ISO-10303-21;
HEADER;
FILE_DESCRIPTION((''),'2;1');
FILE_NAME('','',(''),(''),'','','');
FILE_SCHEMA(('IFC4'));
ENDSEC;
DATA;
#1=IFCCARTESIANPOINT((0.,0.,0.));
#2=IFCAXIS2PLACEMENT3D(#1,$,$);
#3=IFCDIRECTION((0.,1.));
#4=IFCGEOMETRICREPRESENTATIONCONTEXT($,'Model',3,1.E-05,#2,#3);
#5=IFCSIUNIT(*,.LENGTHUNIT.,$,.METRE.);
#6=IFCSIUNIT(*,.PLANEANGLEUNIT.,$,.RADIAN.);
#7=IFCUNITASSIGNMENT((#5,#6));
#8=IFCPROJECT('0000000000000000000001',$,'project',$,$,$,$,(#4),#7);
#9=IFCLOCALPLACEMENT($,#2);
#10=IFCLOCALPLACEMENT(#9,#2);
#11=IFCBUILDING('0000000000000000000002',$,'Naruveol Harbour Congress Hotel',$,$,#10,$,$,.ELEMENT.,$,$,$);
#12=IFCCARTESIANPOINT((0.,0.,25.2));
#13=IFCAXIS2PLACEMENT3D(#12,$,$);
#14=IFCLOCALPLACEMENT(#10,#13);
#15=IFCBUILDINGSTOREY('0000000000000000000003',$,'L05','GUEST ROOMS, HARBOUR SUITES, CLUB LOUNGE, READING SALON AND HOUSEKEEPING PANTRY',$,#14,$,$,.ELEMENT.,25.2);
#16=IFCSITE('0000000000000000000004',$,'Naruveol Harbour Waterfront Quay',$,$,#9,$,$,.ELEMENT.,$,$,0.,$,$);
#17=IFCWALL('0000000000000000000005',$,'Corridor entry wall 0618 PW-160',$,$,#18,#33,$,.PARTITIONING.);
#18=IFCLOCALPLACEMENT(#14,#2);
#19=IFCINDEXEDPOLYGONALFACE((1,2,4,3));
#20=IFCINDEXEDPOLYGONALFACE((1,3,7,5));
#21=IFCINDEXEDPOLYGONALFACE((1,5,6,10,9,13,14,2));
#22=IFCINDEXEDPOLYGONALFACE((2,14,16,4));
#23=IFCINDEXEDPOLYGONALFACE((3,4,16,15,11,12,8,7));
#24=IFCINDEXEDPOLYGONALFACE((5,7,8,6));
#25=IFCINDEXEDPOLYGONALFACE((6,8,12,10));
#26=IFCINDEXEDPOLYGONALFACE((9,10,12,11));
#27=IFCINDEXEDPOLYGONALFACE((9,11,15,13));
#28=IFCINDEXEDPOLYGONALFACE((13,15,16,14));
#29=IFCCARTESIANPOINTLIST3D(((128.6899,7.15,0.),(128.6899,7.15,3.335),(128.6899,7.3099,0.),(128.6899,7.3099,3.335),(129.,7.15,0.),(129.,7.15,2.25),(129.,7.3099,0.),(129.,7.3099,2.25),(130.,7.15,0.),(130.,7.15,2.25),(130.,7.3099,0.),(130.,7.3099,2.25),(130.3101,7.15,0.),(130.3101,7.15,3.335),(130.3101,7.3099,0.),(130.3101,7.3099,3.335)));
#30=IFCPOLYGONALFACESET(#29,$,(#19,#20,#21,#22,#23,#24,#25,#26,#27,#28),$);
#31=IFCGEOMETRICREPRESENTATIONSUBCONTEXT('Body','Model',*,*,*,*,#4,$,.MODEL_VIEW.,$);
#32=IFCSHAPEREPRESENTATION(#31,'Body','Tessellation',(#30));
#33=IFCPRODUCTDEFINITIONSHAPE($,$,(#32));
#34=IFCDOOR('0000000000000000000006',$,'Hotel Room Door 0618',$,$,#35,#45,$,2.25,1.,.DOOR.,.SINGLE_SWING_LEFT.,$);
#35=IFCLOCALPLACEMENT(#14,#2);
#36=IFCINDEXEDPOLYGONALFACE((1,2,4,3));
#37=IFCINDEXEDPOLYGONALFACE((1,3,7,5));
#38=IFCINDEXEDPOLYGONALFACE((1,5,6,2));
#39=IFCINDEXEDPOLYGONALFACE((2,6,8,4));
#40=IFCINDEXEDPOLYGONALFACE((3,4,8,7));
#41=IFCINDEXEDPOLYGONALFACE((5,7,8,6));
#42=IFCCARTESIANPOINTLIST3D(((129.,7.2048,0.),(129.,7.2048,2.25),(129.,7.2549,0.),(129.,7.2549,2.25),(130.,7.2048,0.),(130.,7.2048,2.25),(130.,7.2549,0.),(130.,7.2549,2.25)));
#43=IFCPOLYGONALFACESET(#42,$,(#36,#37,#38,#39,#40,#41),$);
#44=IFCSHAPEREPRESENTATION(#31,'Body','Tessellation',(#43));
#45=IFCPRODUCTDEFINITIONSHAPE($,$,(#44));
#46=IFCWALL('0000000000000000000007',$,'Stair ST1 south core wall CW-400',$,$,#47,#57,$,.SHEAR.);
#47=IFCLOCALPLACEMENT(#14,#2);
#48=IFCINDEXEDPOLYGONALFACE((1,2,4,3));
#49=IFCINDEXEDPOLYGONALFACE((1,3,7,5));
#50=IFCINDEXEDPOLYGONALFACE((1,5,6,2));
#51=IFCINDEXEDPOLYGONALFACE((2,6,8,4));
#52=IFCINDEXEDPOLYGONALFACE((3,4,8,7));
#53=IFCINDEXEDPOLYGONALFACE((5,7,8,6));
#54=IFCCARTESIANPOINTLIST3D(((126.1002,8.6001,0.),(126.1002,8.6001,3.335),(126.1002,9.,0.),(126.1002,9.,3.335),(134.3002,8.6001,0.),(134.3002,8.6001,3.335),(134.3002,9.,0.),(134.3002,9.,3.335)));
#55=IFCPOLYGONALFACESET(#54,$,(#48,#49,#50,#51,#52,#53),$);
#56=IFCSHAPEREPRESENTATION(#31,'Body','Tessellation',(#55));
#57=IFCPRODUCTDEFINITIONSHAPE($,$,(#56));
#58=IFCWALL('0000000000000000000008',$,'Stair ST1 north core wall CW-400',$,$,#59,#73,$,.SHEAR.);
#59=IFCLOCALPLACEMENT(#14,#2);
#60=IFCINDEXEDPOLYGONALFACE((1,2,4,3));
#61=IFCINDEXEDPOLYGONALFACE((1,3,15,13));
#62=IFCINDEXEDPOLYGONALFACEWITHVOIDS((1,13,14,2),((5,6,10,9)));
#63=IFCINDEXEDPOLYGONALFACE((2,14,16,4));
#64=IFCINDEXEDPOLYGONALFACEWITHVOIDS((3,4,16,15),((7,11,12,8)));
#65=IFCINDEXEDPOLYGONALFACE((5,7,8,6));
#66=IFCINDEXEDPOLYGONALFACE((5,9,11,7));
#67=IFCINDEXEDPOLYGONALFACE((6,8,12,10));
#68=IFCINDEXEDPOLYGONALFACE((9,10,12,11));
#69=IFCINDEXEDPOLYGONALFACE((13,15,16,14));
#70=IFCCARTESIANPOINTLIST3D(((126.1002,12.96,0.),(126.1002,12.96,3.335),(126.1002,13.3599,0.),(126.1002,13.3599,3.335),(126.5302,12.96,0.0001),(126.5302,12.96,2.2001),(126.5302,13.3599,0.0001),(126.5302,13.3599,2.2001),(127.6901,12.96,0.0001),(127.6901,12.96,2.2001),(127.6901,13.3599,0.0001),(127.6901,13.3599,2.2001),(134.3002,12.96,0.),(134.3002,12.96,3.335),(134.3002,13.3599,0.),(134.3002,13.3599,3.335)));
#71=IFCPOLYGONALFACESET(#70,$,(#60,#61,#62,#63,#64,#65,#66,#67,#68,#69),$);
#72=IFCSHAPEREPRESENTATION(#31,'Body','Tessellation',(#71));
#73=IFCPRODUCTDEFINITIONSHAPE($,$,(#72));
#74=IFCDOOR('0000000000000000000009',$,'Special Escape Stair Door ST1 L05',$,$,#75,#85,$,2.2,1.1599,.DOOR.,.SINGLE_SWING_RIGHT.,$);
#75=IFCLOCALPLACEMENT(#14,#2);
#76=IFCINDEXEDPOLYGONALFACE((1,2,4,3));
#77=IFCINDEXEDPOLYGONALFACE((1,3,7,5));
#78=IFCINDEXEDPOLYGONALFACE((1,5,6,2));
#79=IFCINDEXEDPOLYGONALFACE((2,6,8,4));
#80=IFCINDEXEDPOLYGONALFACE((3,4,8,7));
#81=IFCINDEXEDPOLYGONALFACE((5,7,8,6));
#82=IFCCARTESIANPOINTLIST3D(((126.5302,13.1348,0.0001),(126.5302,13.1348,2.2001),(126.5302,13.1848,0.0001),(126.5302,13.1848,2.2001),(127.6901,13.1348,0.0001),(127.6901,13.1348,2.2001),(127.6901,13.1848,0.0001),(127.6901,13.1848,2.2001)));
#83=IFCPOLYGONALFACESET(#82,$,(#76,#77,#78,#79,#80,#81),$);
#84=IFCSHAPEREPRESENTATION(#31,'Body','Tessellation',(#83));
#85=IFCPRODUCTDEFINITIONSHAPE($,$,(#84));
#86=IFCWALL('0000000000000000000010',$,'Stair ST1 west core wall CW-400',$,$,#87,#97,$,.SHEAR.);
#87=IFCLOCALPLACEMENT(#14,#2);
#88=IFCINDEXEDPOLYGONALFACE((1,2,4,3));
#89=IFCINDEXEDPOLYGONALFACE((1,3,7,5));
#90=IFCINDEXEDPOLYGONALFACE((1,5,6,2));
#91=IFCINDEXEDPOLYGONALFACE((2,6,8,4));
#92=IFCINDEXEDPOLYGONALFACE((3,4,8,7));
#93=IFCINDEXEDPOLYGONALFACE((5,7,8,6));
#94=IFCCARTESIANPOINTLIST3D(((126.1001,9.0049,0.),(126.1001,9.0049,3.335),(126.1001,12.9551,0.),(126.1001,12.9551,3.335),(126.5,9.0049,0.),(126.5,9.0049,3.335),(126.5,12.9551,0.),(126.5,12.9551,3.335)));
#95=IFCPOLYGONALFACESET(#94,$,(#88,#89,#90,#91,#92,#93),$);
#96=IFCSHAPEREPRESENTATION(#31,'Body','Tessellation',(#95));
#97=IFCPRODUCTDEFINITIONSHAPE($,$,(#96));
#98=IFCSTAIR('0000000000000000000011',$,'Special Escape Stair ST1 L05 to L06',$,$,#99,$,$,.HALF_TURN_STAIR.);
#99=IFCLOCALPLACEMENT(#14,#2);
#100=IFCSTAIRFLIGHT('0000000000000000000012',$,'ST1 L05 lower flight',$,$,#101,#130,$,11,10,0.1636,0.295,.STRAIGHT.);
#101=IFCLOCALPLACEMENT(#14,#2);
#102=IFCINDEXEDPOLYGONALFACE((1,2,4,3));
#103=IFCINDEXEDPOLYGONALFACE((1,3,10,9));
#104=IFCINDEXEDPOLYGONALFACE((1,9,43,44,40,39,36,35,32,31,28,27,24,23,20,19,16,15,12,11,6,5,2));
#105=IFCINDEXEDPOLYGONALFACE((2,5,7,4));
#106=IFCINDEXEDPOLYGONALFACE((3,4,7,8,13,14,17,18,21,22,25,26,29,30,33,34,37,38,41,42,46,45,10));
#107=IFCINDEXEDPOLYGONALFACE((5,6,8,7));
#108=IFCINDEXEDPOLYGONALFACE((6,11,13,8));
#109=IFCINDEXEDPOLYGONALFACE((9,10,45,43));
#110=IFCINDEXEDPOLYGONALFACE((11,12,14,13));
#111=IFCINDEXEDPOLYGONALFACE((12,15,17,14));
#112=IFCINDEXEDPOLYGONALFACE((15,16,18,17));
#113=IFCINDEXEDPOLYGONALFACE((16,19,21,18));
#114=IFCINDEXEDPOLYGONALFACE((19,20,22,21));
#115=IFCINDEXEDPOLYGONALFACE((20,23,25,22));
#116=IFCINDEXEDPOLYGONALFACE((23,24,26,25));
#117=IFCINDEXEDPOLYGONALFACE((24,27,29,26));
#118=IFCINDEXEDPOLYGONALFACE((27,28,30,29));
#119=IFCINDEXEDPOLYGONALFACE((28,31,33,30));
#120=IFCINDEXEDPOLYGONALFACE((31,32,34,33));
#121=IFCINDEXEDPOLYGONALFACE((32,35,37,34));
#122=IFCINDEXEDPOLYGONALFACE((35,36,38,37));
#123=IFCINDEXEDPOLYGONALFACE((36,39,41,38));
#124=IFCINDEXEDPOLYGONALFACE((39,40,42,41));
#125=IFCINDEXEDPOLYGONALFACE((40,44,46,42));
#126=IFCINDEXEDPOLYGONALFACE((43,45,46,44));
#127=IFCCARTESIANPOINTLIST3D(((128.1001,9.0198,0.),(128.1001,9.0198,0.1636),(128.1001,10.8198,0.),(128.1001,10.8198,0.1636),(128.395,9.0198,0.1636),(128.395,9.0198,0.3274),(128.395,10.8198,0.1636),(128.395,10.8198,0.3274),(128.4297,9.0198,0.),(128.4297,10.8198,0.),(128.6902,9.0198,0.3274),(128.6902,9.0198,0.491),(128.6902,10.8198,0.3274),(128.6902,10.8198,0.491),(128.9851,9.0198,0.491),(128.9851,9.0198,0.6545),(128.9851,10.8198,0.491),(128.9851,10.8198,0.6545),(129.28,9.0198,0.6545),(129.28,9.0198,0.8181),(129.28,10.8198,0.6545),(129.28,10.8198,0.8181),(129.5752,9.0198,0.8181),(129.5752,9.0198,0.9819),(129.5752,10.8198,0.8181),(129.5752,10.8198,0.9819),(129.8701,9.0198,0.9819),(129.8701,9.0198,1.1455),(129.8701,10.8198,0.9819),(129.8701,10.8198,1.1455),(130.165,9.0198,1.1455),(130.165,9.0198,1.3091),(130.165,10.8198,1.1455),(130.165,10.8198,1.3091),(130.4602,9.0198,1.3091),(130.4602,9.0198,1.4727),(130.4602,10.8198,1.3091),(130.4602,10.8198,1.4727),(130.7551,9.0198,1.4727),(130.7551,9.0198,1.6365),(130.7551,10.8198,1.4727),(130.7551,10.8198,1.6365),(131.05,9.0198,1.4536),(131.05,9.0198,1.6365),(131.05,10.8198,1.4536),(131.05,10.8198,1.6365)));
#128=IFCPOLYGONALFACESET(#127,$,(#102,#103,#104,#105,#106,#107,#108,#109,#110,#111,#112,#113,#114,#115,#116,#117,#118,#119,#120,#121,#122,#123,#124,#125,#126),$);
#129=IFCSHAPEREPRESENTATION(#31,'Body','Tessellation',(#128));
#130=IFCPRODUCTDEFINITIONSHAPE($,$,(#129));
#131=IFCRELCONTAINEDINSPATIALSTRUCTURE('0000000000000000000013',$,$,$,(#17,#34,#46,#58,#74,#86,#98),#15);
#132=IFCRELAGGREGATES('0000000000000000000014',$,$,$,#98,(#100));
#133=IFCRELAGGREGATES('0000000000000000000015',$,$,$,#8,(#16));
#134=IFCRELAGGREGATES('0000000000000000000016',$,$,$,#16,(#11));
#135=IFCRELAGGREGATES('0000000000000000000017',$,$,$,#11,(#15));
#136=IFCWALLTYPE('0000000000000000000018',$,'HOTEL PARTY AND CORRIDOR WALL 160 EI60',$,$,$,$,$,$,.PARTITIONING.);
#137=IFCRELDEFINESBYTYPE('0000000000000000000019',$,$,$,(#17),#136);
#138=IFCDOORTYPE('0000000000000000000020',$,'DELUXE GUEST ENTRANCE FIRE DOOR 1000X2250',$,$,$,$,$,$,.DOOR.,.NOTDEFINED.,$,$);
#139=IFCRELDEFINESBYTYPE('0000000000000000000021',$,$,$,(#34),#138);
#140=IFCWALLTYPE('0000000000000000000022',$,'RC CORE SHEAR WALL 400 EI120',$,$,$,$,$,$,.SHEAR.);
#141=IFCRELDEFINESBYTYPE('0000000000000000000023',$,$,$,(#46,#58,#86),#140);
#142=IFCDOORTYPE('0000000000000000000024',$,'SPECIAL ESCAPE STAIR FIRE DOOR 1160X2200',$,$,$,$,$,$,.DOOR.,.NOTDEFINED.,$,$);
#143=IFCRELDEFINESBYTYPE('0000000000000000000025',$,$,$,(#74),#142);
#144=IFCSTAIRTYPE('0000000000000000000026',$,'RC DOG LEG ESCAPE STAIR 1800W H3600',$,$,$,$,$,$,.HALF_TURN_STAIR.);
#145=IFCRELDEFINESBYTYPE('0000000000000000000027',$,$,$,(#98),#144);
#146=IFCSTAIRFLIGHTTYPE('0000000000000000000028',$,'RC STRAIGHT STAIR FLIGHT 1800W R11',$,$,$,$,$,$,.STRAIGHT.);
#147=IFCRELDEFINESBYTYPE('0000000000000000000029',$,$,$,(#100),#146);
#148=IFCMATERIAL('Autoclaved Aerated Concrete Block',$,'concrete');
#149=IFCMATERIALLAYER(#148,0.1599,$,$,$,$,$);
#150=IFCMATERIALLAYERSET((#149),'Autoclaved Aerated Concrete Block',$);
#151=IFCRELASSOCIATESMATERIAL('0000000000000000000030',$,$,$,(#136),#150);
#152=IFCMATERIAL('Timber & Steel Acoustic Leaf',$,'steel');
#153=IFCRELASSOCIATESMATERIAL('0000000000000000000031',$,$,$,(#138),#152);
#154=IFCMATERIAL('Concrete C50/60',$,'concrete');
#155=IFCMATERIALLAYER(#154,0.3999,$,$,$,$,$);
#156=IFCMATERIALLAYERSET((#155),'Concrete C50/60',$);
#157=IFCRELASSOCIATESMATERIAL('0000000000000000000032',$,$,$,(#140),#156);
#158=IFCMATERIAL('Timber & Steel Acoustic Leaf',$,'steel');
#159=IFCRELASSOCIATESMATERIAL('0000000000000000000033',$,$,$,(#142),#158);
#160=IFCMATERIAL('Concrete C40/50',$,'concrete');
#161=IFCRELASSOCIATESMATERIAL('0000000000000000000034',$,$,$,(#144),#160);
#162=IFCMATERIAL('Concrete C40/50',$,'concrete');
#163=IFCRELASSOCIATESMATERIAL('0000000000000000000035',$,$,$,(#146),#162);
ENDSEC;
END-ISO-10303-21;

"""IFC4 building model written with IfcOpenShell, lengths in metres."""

from ifc_helpers import new_model, si_unit, direction, frame, frame_2d, origin, place, context, subcontext, project, spatial, polyline, rectangle, outline, extrude, material, layer, layer_set, type_object, element, fill, aggregate, save


model = new_model("IFC4")

# Units and contexts
model_context = context("Model", 3, precision=1e-05, world=origin(), true_north=direction((0.0, 1.0)))
body_context = subcontext(model_context, "Body", "Model", "MODEL_VIEW")
ifc_project = project(units=[si_unit("LENGTHUNIT", "METRE"), si_unit("PLANEANGLEUNIT", "RADIAN")], contexts=[model_context])

# Site, building, storey
site_placement = place(None, origin())
site = spatial("IfcSite", under=ifc_project, at=site_placement, Name="Naruveol Harbour Waterfront Quay", CompositionType="ELEMENT", RefElevation=0.0)
building_placement = place(site_placement, origin())
building = spatial("IfcBuilding", under=site, at=building_placement, Name="Naruveol Harbour Congress Hotel", CompositionType="ELEMENT")
storey_placement = place(building_placement, frame((0.0, 0.0, 25.2)))
storey = spatial("IfcBuildingStorey", under=building, at=storey_placement, Name="L05", Description="GUEST ROOMS, HARBOUR SUITES, CLUB LOUNGE, READING SALON AND HOUSEKEEPING PANTRY", CompositionType="ELEMENT", Elevation=25.2)

# Wall, opening, door
ifc_material_1 = material(Name="Autoclaved Aerated Concrete Block", Category="concrete")
ifc_layer_1 = layer(ifc_material_1, 0.1599)
ifc_layer_set_1 = layer_set([ifc_layer_1], Name="Autoclaved Aerated Concrete Block")
wall_type_1 = type_object("IfcWallType", Name="HOTEL PARTY AND CORRIDOR WALL 160 EI60", PredefinedType="PARTITIONING", material=ifc_layer_set_1)
wall_1_placement = place(storey_placement, frame((128.6899, 7.23, 0.0), z_axis=(0.0, 0.0, 1.0), x_axis=(1.0, 0.0, 0.0)))
wall_1 = element("IfcWall", 1, at=wall_1_placement, inside=storey, type_object=wall_type_1, Name="Corridor entry wall 0618 PW-160", PredefinedType="PARTITIONING", context=body_context, shape_type="SweptSolid", body=[
    extrude(rectangle(XDim=1.6201, YDim=0.1599, at=frame_2d((0.8101, 0.0))), origin(), (0.0, 0.0, 1.0), 3.335),
])
opening_1_placement = place(wall_1_placement, frame((0.3101, 0.0, 0.0)))
opening_1 = element("IfcOpeningElement", 2, at=opening_1_placement, cuts=wall_1, PredefinedType="OPENING", context=body_context, shape_type="SweptSolid", body=[
    extrude(rectangle(XDim=1.0, YDim=2.25, at=frame_2d((0.5, 1.125))), frame((0.0, 0.0898, 0.0), z_axis=(0.0, -1.0, 0.0), x_axis=(1.0, 0.0, 0.0)), (0.0, 0.0, 1.0), 0.1799),
])
ifc_material_2 = material(Name="Timber & Steel Acoustic Leaf", Category="steel")
door_type_1 = type_object("IfcDoorType", Name="DELUXE GUEST ENTRANCE FIRE DOOR 1000X2250", OperationType="NOTDEFINED", PredefinedType="DOOR", material=ifc_material_2)
door_1_placement = place(opening_1_placement, origin())
door_1 = element("IfcDoor", 3, at=door_1_placement, inside=storey, type_object=door_type_1, Name="Hotel Room Door 0618", OperationType="SINGLE_SWING_LEFT", OverallHeight=2.25, OverallWidth=1.0, PredefinedType="DOOR", context=body_context, shape_type="SweptSolid", body=[
    extrude(rectangle(XDim=1.0, YDim=2.25, at=frame_2d((0.5, 1.125))), frame((0.0, 0.0249, 0.0), z_axis=(0.0, -1.0, 0.0), x_axis=(1.0, 0.0, 0.0)), (0.0, 0.0, 1.0), 0.05),
])
fill(opening_1, door_1)

# Wall
ifc_material_3 = material(Name="Concrete C50/60", Category="concrete")
ifc_layer_2 = layer(ifc_material_3, 0.3999)
ifc_layer_set_2 = layer_set([ifc_layer_2], Name="Concrete C50/60")
wall_type_2 = type_object("IfcWallType", Name="RC CORE SHEAR WALL 400 EI120", PredefinedType="SHEAR", material=ifc_layer_set_2)
wall_2_placement = place(storey_placement, frame((126.1001, 8.8, 0.0), z_axis=(0.0, 0.0, 1.0), x_axis=(1.0, 0.0, 0.0)))
element("IfcWall", 4, at=wall_2_placement, inside=storey, type_object=wall_type_2, Name="Stair ST1 south core wall CW-400", PredefinedType="SHEAR", context=body_context, shape_type="SweptSolid", body=[
    extrude(rectangle(XDim=8.2, YDim=0.3999, at=frame_2d((4.1001, 0.0))), origin(), (0.0, 0.0, 1.0), 3.335),
])

# Wall, opening, door
wall_3_placement = place(storey_placement, frame((126.1001, 13.1599, 0.0), z_axis=(0.0, 0.0, 1.0), x_axis=(1.0, 0.0, 0.0)))
wall_3 = element("IfcWall", 5, at=wall_3_placement, inside=storey, type_object=wall_type_2, Name="Stair ST1 north core wall CW-400", PredefinedType="SHEAR", context=body_context, shape_type="SweptSolid", body=[
    extrude(rectangle(XDim=8.2, YDim=0.3999, at=frame_2d((4.1001, 0.0))), origin(), (0.0, 0.0, 1.0), 3.335),
])
opening_2_placement = place(wall_3_placement, frame((0.4299, 0.0, 0.0)))
opening_2 = element("IfcOpeningElement", 6, at=opening_2_placement, cuts=wall_3, PredefinedType="OPENING", context=body_context, shape_type="SweptSolid", body=[
    extrude(rectangle(XDim=1.1599, YDim=2.2, at=frame_2d((0.5801, 1.1001))), frame((0.0, 0.21, 0.0), z_axis=(0.0, -1.0, 0.0), x_axis=(1.0, 0.0, 0.0)), (0.0, 0.0, 1.0), 0.4199),
])
ifc_material_4 = material(Name="Timber & Steel Acoustic Leaf", Category="steel")
door_type_2 = type_object("IfcDoorType", Name="SPECIAL ESCAPE STAIR FIRE DOOR 1160X2200", OperationType="NOTDEFINED", PredefinedType="DOOR", material=ifc_material_4)
door_2_placement = place(opening_2_placement, origin())
door_2 = element("IfcDoor", 7, at=door_2_placement, inside=storey, type_object=door_type_2, Name="Special Escape Stair Door ST1 L05", OperationType="SINGLE_SWING_RIGHT", OverallHeight=2.2, OverallWidth=1.1599, PredefinedType="DOOR", context=body_context, shape_type="SweptSolid", body=[
    extrude(rectangle(XDim=1.1599, YDim=2.2, at=frame_2d((0.5801, 1.1001))), frame((0.0, 0.0249, 0.0), z_axis=(0.0, -1.0, 0.0), x_axis=(1.0, 0.0, 0.0)), (0.0, 0.0, 1.0), 0.05),
])
fill(opening_2, door_2)

# Wall
wall_4_placement = place(storey_placement, frame((126.3, 9.0049, 0.0), z_axis=(0.0, 0.0, 1.0), x_axis=(0.0, 1.0, 0.0)))
element("IfcWall", 8, at=wall_4_placement, inside=storey, type_object=wall_type_2, Name="Stair ST1 west core wall CW-400", PredefinedType="SHEAR", context=body_context, shape_type="SweptSolid", body=[
    extrude(rectangle(XDim=3.9502, YDim=0.3999, at=frame_2d((1.9751, 0.0))), origin(), (0.0, 0.0, 1.0), 3.335),
])

# Stair, stair flight
ifc_material_5 = material(Name="Concrete C40/50", Category="concrete")
stair_type = type_object("IfcStairType", Name="RC DOG LEG ESCAPE STAIR 1800W H3600", PredefinedType="HALF_TURN_STAIR", material=ifc_material_5)
stair_placement = place(storey_placement, origin())
stair = element("IfcStair", 9, at=stair_placement, inside=storey, type_object=stair_type, Name="Special Escape Stair ST1 L05 to L06", PredefinedType="HALF_TURN_STAIR")
ifc_material_6 = material(Name="Concrete C40/50", Category="concrete")
stair_flight_type = type_object("IfcStairFlightType", Name="RC STRAIGHT STAIR FLIGHT 1800W R11", PredefinedType="STRAIGHT", material=ifc_material_6)
stair_flight_placement = place(storey_placement, frame((128.1001, 9.9199, 0.0), z_axis=(0.0, 0.0, 1.0), x_axis=(1.0, 0.0, 0.0)))
stair_flight = element("IfcStairFlight", 10, at=stair_flight_placement, type_object=stair_flight_type, Name="ST1 L05 lower flight", NumberOfRisers=11, NumberOfTreads=10, PredefinedType="STRAIGHT", RiserHeight=0.1636, TreadLength=0.295, context=body_context, shape_type="SweptSolid", body=[
    extrude(outline(polyline([(0.0, 0.0), (0.0, 0.1636), (0.2949, 0.1636), (0.2949, 0.3274), (0.5901, 0.3274), (0.5901, 0.491), (0.885, 0.491), (0.885, 0.6545), (1.1799, 0.6545), (1.1799, 0.8181), (1.4751, 0.8181), (1.4751, 0.9819), (1.77, 0.9819), (1.77, 1.1455), (2.0649, 1.1455), (2.0649, 1.3091), (2.3601, 1.3091), (2.3601, 1.4727), (2.655, 1.4727), (2.655, 1.6365), (2.95, 1.6365), (2.95, 1.8), (2.95, 1.4536), (0.3296, 0.0), (0.0, 0.0)])), frame((0.0, 0.8999, 0.0), z_axis=(0.0, -1.0, 0.0), x_axis=(1.0, 0.0, 0.0)), (0.0, 0.0, 1.0), 1.8),
])
aggregate(stair, [stair_flight])

save(model, "model.ifc")
